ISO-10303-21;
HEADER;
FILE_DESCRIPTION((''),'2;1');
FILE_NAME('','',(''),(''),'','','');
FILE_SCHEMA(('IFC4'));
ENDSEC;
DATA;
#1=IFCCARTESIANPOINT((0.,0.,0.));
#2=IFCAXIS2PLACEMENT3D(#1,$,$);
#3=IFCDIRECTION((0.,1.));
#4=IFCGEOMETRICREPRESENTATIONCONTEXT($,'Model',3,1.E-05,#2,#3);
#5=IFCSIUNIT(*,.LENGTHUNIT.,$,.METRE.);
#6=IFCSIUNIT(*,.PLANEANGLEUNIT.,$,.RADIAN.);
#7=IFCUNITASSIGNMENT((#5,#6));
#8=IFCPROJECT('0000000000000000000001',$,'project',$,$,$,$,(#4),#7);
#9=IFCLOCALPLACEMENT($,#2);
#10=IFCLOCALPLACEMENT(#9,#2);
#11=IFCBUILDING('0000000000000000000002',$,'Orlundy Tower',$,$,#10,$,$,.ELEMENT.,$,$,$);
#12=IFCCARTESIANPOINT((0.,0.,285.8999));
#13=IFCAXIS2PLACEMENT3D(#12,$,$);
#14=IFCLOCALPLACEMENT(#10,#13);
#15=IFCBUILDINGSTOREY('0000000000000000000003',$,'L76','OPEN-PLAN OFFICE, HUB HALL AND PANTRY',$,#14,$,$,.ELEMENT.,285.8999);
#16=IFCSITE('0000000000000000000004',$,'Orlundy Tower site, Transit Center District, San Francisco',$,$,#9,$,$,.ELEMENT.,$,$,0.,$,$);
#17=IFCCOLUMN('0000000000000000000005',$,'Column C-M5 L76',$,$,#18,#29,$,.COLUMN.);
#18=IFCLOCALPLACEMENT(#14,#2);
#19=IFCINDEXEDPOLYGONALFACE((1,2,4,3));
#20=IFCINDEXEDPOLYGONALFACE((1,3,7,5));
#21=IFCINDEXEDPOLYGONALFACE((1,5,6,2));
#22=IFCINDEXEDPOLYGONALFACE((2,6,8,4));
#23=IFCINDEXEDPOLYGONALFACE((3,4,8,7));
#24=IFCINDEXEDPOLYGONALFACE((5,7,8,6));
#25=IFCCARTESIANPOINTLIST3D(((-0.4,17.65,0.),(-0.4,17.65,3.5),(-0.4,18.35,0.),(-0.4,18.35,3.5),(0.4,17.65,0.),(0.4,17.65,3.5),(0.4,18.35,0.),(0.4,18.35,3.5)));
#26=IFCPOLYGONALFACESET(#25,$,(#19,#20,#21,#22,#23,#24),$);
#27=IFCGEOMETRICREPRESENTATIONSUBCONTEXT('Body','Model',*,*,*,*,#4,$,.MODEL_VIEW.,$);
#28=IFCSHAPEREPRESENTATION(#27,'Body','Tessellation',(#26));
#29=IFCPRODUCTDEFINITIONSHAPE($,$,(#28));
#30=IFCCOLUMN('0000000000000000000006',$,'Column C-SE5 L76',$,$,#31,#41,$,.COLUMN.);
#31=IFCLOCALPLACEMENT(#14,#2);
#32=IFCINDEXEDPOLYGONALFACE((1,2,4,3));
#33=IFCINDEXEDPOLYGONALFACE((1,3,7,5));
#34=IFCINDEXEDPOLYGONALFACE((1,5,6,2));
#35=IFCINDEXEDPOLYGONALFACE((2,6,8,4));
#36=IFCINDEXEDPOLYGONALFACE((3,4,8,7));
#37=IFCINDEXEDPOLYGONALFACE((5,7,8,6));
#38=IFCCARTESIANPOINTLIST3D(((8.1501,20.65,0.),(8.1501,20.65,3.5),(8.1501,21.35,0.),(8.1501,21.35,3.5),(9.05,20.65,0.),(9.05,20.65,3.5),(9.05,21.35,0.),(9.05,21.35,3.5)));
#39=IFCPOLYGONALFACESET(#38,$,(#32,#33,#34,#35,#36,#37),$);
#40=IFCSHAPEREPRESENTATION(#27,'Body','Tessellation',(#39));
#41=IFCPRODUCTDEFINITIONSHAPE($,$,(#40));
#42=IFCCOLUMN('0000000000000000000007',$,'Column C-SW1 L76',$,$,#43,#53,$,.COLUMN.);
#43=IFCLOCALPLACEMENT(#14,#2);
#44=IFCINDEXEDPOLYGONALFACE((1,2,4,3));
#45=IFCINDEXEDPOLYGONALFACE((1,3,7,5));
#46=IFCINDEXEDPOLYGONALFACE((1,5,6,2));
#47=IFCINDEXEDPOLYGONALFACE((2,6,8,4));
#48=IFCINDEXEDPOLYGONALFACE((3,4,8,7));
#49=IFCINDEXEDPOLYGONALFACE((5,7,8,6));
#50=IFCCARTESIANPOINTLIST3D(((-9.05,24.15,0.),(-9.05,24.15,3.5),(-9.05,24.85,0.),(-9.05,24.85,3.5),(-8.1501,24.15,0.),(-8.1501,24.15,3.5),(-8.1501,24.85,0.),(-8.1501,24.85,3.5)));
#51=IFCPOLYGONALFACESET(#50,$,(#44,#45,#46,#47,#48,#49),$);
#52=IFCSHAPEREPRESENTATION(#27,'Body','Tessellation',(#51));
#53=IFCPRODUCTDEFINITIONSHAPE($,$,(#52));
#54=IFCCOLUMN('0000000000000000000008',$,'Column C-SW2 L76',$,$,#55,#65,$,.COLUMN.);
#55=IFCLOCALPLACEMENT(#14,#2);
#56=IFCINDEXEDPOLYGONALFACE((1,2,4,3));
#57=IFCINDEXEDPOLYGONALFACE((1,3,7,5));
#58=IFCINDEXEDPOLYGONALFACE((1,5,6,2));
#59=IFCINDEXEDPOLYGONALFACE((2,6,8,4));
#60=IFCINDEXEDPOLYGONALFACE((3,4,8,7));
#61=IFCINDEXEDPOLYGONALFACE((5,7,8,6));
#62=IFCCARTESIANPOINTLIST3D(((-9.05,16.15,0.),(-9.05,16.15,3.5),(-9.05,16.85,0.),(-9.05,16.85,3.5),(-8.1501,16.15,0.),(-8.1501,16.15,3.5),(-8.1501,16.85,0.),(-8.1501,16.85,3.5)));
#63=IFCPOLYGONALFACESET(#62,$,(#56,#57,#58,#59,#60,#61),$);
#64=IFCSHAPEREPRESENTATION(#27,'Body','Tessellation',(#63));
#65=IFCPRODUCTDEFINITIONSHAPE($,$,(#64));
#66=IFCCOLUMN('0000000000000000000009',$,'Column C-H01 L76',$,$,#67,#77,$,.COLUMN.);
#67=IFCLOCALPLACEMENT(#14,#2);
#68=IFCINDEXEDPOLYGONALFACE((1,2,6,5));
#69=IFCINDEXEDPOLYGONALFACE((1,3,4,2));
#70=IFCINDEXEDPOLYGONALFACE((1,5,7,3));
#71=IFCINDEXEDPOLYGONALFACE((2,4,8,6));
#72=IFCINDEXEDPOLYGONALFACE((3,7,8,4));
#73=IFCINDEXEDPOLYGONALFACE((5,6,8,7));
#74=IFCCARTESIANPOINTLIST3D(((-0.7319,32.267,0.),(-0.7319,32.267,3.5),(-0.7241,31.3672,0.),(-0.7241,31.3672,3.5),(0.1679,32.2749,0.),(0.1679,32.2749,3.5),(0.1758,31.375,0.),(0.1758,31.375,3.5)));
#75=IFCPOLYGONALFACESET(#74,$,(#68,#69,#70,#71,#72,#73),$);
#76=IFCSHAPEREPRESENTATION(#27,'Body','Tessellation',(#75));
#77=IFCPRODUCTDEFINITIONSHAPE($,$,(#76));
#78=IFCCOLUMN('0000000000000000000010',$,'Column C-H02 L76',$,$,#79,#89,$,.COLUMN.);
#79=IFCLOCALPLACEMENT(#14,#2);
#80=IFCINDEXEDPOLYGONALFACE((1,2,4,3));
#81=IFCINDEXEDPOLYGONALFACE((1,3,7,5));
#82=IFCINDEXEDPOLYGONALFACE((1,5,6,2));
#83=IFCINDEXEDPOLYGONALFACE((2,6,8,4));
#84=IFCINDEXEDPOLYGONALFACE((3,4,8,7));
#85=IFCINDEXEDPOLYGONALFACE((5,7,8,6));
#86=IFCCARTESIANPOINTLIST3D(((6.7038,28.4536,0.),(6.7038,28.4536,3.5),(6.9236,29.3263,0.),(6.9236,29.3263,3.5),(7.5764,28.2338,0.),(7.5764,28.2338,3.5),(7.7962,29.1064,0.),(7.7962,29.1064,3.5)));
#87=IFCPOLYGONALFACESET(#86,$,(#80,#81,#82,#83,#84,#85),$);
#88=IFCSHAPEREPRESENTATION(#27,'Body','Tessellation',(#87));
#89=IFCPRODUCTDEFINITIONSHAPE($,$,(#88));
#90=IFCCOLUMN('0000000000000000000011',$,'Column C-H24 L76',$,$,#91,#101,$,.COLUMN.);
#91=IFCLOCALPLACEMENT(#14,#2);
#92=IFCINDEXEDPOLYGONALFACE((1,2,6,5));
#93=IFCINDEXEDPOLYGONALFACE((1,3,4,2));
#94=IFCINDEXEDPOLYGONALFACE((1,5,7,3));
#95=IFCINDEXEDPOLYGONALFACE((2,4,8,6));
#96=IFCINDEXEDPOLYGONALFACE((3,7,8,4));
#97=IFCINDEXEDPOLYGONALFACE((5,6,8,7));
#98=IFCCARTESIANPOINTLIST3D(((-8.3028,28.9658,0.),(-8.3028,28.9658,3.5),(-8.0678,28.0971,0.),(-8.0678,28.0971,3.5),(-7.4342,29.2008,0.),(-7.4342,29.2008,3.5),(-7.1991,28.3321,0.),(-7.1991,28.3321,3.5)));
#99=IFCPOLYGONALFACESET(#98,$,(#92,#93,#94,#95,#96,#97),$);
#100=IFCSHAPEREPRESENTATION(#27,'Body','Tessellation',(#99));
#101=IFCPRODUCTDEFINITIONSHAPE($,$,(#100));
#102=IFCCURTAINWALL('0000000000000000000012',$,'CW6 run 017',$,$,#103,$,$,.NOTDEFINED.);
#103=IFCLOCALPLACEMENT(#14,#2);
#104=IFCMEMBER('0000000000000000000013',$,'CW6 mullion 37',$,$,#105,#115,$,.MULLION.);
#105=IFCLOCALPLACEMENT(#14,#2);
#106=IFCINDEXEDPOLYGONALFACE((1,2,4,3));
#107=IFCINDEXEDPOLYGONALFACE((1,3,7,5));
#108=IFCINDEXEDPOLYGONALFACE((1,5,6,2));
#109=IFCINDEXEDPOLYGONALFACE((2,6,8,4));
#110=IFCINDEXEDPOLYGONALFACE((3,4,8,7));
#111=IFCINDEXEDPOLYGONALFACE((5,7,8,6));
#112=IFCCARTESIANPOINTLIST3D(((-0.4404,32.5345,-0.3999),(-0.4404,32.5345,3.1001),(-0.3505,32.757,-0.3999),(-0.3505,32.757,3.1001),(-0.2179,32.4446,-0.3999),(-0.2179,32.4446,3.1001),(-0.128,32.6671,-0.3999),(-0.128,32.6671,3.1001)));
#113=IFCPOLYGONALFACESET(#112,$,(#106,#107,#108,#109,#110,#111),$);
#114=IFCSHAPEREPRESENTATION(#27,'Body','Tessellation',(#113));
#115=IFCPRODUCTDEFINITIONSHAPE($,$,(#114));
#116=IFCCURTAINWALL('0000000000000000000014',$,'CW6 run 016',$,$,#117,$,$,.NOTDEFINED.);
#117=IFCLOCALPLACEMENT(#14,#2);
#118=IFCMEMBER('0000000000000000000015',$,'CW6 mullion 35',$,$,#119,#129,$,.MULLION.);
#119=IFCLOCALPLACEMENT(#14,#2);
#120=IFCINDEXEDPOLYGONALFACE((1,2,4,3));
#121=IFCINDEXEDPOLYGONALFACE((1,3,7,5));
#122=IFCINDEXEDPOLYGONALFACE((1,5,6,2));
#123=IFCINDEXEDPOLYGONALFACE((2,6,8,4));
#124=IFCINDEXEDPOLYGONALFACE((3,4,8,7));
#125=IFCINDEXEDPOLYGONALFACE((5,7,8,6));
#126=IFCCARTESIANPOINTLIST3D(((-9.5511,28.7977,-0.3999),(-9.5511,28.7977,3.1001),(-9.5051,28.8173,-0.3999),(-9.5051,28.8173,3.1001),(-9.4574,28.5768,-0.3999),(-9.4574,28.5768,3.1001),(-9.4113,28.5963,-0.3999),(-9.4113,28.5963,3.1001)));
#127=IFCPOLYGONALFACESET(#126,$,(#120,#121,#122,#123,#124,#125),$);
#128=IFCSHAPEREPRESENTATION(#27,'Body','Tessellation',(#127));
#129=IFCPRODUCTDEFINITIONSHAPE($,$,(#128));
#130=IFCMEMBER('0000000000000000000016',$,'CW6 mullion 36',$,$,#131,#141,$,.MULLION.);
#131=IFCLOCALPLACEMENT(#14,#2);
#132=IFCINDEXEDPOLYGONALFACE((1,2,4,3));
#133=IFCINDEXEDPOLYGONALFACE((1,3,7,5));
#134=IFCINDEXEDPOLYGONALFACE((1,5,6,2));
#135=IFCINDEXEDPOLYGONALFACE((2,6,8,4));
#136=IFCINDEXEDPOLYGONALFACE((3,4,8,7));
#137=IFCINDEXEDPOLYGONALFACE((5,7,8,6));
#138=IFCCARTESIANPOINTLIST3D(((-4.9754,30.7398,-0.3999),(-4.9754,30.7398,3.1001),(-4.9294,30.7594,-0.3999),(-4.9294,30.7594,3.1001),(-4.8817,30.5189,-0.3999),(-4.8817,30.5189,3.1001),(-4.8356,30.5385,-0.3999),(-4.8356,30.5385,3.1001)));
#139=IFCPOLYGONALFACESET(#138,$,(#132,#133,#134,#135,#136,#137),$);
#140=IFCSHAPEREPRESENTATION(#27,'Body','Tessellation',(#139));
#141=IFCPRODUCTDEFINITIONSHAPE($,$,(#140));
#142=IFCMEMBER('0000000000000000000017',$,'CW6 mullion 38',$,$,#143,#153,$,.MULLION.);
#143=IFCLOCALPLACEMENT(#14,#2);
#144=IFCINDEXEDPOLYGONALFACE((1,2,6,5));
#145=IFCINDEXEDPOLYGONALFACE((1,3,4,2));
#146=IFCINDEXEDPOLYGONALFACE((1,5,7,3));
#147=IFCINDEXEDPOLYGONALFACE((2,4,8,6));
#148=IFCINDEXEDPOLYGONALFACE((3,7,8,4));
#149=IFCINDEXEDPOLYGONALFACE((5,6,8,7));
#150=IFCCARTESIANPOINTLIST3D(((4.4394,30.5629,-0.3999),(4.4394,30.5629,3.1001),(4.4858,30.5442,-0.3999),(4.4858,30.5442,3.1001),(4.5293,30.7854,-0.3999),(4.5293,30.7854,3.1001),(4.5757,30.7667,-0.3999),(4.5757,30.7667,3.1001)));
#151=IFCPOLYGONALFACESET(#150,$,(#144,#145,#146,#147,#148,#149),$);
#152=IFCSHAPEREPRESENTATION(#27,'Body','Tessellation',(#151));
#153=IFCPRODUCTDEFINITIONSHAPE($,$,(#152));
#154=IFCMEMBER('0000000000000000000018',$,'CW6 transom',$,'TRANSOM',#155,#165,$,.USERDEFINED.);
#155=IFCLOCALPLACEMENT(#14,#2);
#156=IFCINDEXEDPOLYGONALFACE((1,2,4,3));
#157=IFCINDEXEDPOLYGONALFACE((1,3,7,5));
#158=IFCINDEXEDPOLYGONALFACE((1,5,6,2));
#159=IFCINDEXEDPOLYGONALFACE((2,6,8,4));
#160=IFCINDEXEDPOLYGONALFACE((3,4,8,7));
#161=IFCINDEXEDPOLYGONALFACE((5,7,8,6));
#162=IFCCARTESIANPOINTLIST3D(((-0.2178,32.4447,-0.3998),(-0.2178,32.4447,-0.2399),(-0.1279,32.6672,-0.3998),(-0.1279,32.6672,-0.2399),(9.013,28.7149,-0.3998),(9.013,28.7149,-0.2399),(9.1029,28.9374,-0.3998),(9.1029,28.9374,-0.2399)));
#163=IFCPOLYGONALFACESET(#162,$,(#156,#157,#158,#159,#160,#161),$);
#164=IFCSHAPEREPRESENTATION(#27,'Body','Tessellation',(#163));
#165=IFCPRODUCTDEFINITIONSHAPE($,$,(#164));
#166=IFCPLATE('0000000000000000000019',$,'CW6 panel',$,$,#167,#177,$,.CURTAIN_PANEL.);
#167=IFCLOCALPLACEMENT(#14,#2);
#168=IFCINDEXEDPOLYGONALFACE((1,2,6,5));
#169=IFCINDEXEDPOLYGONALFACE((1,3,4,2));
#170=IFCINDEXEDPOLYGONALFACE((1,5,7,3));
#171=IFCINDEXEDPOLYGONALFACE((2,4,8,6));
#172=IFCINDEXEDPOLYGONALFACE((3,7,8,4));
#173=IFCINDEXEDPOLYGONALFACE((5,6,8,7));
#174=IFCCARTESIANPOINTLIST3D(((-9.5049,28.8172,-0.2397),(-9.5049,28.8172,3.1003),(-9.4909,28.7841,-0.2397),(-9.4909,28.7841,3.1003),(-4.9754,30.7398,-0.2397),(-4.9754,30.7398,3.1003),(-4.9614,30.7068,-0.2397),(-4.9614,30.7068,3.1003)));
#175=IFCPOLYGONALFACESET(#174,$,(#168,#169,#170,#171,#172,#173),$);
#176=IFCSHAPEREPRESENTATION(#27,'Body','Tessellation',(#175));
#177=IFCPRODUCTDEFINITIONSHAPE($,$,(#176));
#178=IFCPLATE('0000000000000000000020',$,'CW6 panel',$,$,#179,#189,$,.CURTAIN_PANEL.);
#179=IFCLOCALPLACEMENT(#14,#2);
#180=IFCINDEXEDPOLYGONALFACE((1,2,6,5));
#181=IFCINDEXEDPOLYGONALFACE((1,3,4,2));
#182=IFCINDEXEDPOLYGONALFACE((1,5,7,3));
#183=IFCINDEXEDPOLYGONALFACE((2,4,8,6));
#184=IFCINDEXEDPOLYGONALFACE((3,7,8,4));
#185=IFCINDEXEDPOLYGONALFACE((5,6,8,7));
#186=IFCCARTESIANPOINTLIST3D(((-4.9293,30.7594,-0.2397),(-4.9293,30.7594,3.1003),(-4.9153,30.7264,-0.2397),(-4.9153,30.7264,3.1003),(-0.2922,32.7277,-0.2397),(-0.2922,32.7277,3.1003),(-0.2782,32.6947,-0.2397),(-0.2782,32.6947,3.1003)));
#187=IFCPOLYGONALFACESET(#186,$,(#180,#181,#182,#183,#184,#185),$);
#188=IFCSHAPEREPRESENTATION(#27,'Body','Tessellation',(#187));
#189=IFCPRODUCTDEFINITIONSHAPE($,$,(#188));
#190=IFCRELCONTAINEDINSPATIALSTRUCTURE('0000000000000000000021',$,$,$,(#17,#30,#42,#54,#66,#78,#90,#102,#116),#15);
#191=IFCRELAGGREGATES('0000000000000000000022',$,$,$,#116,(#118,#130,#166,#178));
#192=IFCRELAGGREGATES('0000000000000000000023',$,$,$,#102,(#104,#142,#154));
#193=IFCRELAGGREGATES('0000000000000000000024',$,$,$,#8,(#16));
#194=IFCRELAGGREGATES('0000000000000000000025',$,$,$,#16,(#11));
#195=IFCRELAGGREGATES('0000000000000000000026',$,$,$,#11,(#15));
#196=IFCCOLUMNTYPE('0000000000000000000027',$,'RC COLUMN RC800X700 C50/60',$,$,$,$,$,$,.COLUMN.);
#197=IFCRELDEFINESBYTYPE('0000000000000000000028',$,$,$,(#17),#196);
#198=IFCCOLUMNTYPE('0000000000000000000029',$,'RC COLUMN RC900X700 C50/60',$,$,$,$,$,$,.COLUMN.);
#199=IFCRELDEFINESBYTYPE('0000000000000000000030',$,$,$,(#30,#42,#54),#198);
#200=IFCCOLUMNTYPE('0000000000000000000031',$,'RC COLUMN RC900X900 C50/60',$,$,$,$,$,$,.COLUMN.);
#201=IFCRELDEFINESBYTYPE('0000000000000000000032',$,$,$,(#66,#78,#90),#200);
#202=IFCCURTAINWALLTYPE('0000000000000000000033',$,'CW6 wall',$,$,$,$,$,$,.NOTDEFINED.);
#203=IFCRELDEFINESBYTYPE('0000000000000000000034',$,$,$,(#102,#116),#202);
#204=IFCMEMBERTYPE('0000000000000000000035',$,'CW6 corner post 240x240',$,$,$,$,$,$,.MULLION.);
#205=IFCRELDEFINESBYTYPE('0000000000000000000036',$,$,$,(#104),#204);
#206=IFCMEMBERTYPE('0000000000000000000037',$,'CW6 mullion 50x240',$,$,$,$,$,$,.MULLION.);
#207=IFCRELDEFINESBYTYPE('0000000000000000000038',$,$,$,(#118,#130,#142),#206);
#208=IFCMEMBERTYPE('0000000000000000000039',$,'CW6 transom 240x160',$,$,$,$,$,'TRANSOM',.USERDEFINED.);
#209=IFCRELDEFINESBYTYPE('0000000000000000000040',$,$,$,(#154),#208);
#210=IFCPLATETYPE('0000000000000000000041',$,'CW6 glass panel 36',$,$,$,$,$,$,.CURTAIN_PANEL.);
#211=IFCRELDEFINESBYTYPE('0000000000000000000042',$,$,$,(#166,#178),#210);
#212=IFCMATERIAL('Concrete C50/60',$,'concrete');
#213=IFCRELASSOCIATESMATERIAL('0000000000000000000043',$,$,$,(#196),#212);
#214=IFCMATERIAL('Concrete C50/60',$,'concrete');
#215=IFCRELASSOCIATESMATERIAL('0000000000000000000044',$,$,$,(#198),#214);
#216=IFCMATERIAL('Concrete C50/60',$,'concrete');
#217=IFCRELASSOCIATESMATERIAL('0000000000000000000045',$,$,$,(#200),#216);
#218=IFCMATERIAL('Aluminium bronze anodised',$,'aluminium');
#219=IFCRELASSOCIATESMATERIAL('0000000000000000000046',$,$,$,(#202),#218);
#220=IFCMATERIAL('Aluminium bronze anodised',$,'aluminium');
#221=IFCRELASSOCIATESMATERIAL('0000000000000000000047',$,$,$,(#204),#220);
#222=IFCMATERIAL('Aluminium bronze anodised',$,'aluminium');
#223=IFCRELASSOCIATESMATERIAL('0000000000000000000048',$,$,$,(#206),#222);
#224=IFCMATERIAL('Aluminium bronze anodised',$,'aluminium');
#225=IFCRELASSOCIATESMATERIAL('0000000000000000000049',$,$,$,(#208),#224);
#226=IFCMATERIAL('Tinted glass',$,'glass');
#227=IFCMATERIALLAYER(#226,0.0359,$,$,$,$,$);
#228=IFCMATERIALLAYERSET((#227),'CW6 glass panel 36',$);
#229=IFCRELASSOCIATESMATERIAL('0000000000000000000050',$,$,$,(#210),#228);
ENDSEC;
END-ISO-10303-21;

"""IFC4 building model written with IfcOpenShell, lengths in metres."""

from ifc_helpers import new_model, si_unit, direction, frame, origin, origin_2d, place, context, subcontext, project, spatial, rectangle, extrude, material, layer, layer_set, material_profile, profile_set, type_object, element, aggregate, save


model = new_model("IFC4")

# Units and contexts
model_context = context("Model", 3, precision=1e-05, world=origin(), true_north=direction((0.0, 1.0)))
body_context = subcontext(model_context, "Body", "Model", "MODEL_VIEW")
ifc_project = project(units=[si_unit("LENGTHUNIT", "METRE"), si_unit("PLANEANGLEUNIT", "RADIAN")], contexts=[model_context])

# Site, building, storey
site_placement = place(None, origin())
site = spatial("IfcSite", under=ifc_project, at=site_placement, Name="Orlundy Tower site, Transit Center District, San Francisco", CompositionType="ELEMENT", RefElevation=0.0)
building_placement = place(site_placement, origin())
building = spatial("IfcBuilding", under=site, at=building_placement, Name="Orlundy Tower", CompositionType="ELEMENT")
storey_placement = place(building_placement, frame((0.0, 0.0, 285.8999)))
storey = spatial("IfcBuildingStorey", under=building, at=storey_placement, Name="L76", Description="OPEN-PLAN OFFICE, HUB HALL AND PANTRY", CompositionType="ELEMENT", Elevation=285.8999)

# Columns
ifc_material_1 = material(Name="Concrete C50/60", Category="concrete")
ifc_material_profile_1 = material_profile(ifc_material_1, rectangle(XDim=0.8, YDim=0.7, at=origin_2d()), Name="RC800X700")
ifc_profile_set_1 = profile_set([ifc_material_profile_1], Name="Concrete C50/60")
column_type_1 = type_object("IfcColumnType", Name="RC COLUMN RC800X700 C50/60", PredefinedType="COLUMN", material=ifc_profile_set_1)
column_placement = place(storey_placement, frame((0.0, 18.0, 0.0), z_axis=(0.0, 0.0, 1.0), x_axis=(1.0, 0.0, 0.0)))
element("IfcColumn", 1, at=column_placement, inside=storey, type_object=column_type_1, Name="Column C-M5 L76", PredefinedType="COLUMN", context=body_context, shape_type="SweptSolid", body=[
    extrude(rectangle(XDim=0.8, YDim=0.7, at=origin_2d()), origin(), (0.0, 0.0, 1.0), 3.5),
])
ifc_material_2 = material(Name="Concrete C50/60", Category="concrete")
ifc_material_profile_2 = material_profile(ifc_material_2, rectangle(XDim=0.8999, YDim=0.7, at=origin_2d()), Name="RC900X700")
ifc_profile_set_2 = profile_set([ifc_material_profile_2], Name="Concrete C50/60")
column_type_2 = type_object("IfcColumnType", Name="RC COLUMN RC900X700 C50/60", PredefinedType="COLUMN", material=ifc_profile_set_2)
for number, where, z_axis, x_axis, name in (
    (2, (8.6001, 21.0, 0.0), (0.0, 0.0, 1.0), (1.0, 0.0, 0.0), "Column C-SE5 L76"),
    (3, (-8.6001, 24.5, 0.0), (0.0, 0.0, 1.0), (1.0, 0.0, 0.0), "Column C-SW1 L76"),
    (4, (-8.6001, 16.5, 0.0), (0.0, 0.0, 1.0), (1.0, 0.0, 0.0), "Column C-SW2 L76"),
):
    element("IfcColumn", number, at=place(storey_placement, frame(where, z_axis=z_axis, x_axis=x_axis)), inside=storey, type_object=column_type_2, Name=name, PredefinedType="COLUMN", context=body_context, shape_type="SweptSolid", body=[
        extrude(rectangle(XDim=0.8999, YDim=0.7, at=origin_2d()), origin(), (0.0, 0.0, 1.0), 3.5),
    ])
ifc_material_3 = material(Name="Concrete C50/60", Category="concrete")
ifc_material_profile_3 = material_profile(ifc_material_3, rectangle(XDim=0.8999, YDim=0.8999, at=origin_2d()), Name="RC900X900")
ifc_profile_set_3 = profile_set([ifc_material_profile_3], Name="Concrete C50/60")
column_type_3 = type_object("IfcColumnType", Name="RC COLUMN RC900X900 C50/60", PredefinedType="COLUMN", material=ifc_profile_set_3)
for number, where, z_axis, x_axis, name in (
    (5, (-0.2781, 31.821, 0.0), (0.0, 0.0, 1.0), (-0.008744, 0.999962, 0.0), "Column C-H01 L76"),
    (6, (7.25, 28.78, 0.0), (0.0, 0.0, 1.0), (0.244275, 0.969706, 0.0), "Column C-H02 L76"),
    (7, (-7.751, 28.6489, 0.0), (0.0, 0.0, 1.0), (-0.261162, 0.965295, 0.0), "Column C-H24 L76"),
):
    element("IfcColumn", number, at=place(storey_placement, frame(where, z_axis=z_axis, x_axis=x_axis)), inside=storey, type_object=column_type_3, Name=name, PredefinedType="COLUMN", context=body_context, shape_type="SweptSolid", body=[
        extrude(rectangle(XDim=0.8999, YDim=0.8999, at=origin_2d()), origin(), (0.0, 0.0, 1.0), 3.5),
    ])

# Curtain wall, member
ifc_material_4 = material(Name="Aluminium bronze anodised", Category="aluminium")
curtain_wall_type = type_object("IfcCurtainWallType", Name="CW6 wall", PredefinedType="NOTDEFINED", material=ifc_material_4)
curtain_wall_1_placement = place(storey_placement, origin())
curtain_wall_1 = element("IfcCurtainWall", 8, at=curtain_wall_1_placement, inside=storey, type_object=curtain_wall_type, Name="CW6 run 017", PredefinedType="NOTDEFINED")
ifc_material_5 = material(Name="Aluminium bronze anodised", Category="aluminium")
ifc_material_profile_4 = material_profile(ifc_material_5, rectangle(XDim=0.24, YDim=0.24, at=origin_2d()), Name="CW6 corner post 240x240")
ifc_profile_set_4 = profile_set([ifc_material_profile_4], Name="Aluminium bronze anodised")
member_type_1 = type_object("IfcMemberType", Name="CW6 corner post 240x240", PredefinedType="MULLION", material=ifc_profile_set_4)
member_1_placement = place(storey_placement, frame((-0.2842, 32.6008, -0.3999), z_axis=(0.0, 0.0, 1.0), x_axis=(0.374639, 0.927171, 0.0)))
member_1 = element("IfcMember", 9, at=member_1_placement, type_object=member_type_1, Name="CW6 mullion 37", PredefinedType="MULLION", context=body_context, shape_type="SweptSolid", body=[
    extrude(rectangle(XDim=0.24, YDim=0.24, at=origin_2d()), origin(), (0.0, 0.0, 1.0), 3.5),
])

# Curtain wall, members
curtain_wall_2_placement = place(storey_placement, origin())
curtain_wall_2 = element("IfcCurtainWall", 10, at=curtain_wall_2_placement, inside=storey, type_object=curtain_wall_type, Name="CW6 run 016", PredefinedType="NOTDEFINED")
ifc_material_6 = material(Name="Aluminium bronze anodised", Category="aluminium")
ifc_material_profile_5 = material_profile(ifc_material_6, rectangle(XDim=0.24, YDim=0.05, at=origin_2d()), Name="CW6 mullion 50x240")
ifc_profile_set_5 = profile_set([ifc_material_profile_5], Name="Aluminium bronze anodised")
member_type_2 = type_object("IfcMemberType", Name="CW6 mullion 50x240", PredefinedType="MULLION", material=ifc_profile_set_5)
member_2_placement = place(storey_placement, frame((-9.4812, 28.697, -0.3999), z_axis=(0.0, 0.0, 1.0), x_axis=(-0.390727, 0.920507, 0.0)))
member_2 = element("IfcMember", 11, at=member_2_placement, type_object=member_type_2, Name="CW6 mullion 35", PredefinedType="MULLION", context=body_context, shape_type="SweptSolid", body=[
    extrude(rectangle(XDim=0.24, YDim=0.05, at=origin_2d()), origin(), (0.0, 0.0, 1.0), 3.5),
])
member_3_placement = place(storey_placement, frame((-4.9055, 30.6392, -0.3999), z_axis=(0.0, 0.0, 1.0), x_axis=(-0.390727, 0.920507, 0.0)))
member_3 = element("IfcMember", 12, at=member_3_placement, type_object=member_type_2, Name="CW6 mullion 36", PredefinedType="MULLION", context=body_context, shape_type="SweptSolid", body=[
    extrude(rectangle(XDim=0.24, YDim=0.05, at=origin_2d()), origin(), (0.0, 0.0, 1.0), 3.5),
])

# Members
member_4_placement = place(storey_placement, frame((4.5076, 30.6648, -0.3999), z_axis=(0.0, 0.0, 1.0), x_axis=(0.374639, 0.927171, 0.0)))
member_4 = element("IfcMember", 13, at=member_4_placement, type_object=member_type_2, Name="CW6 mullion 38", PredefinedType="MULLION", context=body_context, shape_type="SweptSolid", body=[
    extrude(rectangle(XDim=0.24, YDim=0.05, at=origin_2d()), origin(), (0.0, 0.0, 1.0), 3.5),
])
ifc_material_7 = material(Name="Aluminium bronze anodised", Category="aluminium")
ifc_material_profile_6 = material_profile(ifc_material_7, rectangle(XDim=0.24, YDim=0.1599, at=origin_2d()), Name="CW6 transom 240x160")
ifc_profile_set_6 = profile_set([ifc_material_profile_6], Name="Aluminium bronze anodised")
member_type_3 = type_object("IfcMemberType", Name="CW6 transom 240x160", ElementType="TRANSOM", PredefinedType="USERDEFINED", material=ifc_profile_set_6)
member_5_placement = place(storey_placement, frame((-0.1729, 32.5559, -0.3198), z_axis=(0.927174, -0.374631, 0.0), x_axis=(0.374631, 0.927174, 0.0)))
member_5 = element("IfcMember", 14, at=member_5_placement, type_object=member_type_3, Name="CW6 transom", ObjectType="TRANSOM", PredefinedType="USERDEFINED", context=body_context, shape_type="SweptSolid", body=[
    extrude(rectangle(XDim=0.24, YDim=0.1599, at=origin_2d()), origin(), (0.0, 0.0, 1.0), 9.9558),
])

# Plates
ifc_material_8 = material(Name="Tinted glass", Category="glass")
ifc_layer_1 = layer(ifc_material_8, 0.0359)
ifc_layer_set_1 = layer_set([ifc_layer_1], Name="CW6 glass panel 36")
plate_type = type_object("IfcPlateType", Name="CW6 glass panel 36", PredefinedType="CURTAIN_PANEL", material=ifc_layer_set_1)
plate_1_placement = place(storey_placement, frame((-7.2332, 29.762, -0.2397), z_axis=(0.0, 0.0, 1.0), x_axis=(0.920507, 0.390727, 0.0)))
plate_1 = element("IfcPlate", 15, at=plate_1_placement, type_object=plate_type, Name="CW6 panel", PredefinedType="CURTAIN_PANEL", context=body_context, shape_type="SweptSolid", body=[
    extrude(rectangle(XDim=4.9207, YDim=0.0359, at=origin_2d()), origin(), (0.0, 0.0, 1.0), 3.3401),
])
plate_2_placement = place(storey_placement, frame((-2.6038, 31.7271, -0.2397), z_axis=(0.0, 0.0, 1.0), x_axis=(0.920507, 0.390727, 0.0)))
plate_2 = element("IfcPlate", 16, at=plate_2_placement, type_object=plate_type, Name="CW6 panel", PredefinedType="CURTAIN_PANEL", context=body_context, shape_type="SweptSolid", body=[
    extrude(rectangle(XDim=5.0376, YDim=0.0359, at=origin_2d()), origin(), (0.0, 0.0, 1.0), 3.3401),
])
aggregate(curtain_wall_2, [member_2, member_3, plate_1, plate_2])
aggregate(curtain_wall_1, [member_1, member_4, member_5])

save(model, "model.ifc")
